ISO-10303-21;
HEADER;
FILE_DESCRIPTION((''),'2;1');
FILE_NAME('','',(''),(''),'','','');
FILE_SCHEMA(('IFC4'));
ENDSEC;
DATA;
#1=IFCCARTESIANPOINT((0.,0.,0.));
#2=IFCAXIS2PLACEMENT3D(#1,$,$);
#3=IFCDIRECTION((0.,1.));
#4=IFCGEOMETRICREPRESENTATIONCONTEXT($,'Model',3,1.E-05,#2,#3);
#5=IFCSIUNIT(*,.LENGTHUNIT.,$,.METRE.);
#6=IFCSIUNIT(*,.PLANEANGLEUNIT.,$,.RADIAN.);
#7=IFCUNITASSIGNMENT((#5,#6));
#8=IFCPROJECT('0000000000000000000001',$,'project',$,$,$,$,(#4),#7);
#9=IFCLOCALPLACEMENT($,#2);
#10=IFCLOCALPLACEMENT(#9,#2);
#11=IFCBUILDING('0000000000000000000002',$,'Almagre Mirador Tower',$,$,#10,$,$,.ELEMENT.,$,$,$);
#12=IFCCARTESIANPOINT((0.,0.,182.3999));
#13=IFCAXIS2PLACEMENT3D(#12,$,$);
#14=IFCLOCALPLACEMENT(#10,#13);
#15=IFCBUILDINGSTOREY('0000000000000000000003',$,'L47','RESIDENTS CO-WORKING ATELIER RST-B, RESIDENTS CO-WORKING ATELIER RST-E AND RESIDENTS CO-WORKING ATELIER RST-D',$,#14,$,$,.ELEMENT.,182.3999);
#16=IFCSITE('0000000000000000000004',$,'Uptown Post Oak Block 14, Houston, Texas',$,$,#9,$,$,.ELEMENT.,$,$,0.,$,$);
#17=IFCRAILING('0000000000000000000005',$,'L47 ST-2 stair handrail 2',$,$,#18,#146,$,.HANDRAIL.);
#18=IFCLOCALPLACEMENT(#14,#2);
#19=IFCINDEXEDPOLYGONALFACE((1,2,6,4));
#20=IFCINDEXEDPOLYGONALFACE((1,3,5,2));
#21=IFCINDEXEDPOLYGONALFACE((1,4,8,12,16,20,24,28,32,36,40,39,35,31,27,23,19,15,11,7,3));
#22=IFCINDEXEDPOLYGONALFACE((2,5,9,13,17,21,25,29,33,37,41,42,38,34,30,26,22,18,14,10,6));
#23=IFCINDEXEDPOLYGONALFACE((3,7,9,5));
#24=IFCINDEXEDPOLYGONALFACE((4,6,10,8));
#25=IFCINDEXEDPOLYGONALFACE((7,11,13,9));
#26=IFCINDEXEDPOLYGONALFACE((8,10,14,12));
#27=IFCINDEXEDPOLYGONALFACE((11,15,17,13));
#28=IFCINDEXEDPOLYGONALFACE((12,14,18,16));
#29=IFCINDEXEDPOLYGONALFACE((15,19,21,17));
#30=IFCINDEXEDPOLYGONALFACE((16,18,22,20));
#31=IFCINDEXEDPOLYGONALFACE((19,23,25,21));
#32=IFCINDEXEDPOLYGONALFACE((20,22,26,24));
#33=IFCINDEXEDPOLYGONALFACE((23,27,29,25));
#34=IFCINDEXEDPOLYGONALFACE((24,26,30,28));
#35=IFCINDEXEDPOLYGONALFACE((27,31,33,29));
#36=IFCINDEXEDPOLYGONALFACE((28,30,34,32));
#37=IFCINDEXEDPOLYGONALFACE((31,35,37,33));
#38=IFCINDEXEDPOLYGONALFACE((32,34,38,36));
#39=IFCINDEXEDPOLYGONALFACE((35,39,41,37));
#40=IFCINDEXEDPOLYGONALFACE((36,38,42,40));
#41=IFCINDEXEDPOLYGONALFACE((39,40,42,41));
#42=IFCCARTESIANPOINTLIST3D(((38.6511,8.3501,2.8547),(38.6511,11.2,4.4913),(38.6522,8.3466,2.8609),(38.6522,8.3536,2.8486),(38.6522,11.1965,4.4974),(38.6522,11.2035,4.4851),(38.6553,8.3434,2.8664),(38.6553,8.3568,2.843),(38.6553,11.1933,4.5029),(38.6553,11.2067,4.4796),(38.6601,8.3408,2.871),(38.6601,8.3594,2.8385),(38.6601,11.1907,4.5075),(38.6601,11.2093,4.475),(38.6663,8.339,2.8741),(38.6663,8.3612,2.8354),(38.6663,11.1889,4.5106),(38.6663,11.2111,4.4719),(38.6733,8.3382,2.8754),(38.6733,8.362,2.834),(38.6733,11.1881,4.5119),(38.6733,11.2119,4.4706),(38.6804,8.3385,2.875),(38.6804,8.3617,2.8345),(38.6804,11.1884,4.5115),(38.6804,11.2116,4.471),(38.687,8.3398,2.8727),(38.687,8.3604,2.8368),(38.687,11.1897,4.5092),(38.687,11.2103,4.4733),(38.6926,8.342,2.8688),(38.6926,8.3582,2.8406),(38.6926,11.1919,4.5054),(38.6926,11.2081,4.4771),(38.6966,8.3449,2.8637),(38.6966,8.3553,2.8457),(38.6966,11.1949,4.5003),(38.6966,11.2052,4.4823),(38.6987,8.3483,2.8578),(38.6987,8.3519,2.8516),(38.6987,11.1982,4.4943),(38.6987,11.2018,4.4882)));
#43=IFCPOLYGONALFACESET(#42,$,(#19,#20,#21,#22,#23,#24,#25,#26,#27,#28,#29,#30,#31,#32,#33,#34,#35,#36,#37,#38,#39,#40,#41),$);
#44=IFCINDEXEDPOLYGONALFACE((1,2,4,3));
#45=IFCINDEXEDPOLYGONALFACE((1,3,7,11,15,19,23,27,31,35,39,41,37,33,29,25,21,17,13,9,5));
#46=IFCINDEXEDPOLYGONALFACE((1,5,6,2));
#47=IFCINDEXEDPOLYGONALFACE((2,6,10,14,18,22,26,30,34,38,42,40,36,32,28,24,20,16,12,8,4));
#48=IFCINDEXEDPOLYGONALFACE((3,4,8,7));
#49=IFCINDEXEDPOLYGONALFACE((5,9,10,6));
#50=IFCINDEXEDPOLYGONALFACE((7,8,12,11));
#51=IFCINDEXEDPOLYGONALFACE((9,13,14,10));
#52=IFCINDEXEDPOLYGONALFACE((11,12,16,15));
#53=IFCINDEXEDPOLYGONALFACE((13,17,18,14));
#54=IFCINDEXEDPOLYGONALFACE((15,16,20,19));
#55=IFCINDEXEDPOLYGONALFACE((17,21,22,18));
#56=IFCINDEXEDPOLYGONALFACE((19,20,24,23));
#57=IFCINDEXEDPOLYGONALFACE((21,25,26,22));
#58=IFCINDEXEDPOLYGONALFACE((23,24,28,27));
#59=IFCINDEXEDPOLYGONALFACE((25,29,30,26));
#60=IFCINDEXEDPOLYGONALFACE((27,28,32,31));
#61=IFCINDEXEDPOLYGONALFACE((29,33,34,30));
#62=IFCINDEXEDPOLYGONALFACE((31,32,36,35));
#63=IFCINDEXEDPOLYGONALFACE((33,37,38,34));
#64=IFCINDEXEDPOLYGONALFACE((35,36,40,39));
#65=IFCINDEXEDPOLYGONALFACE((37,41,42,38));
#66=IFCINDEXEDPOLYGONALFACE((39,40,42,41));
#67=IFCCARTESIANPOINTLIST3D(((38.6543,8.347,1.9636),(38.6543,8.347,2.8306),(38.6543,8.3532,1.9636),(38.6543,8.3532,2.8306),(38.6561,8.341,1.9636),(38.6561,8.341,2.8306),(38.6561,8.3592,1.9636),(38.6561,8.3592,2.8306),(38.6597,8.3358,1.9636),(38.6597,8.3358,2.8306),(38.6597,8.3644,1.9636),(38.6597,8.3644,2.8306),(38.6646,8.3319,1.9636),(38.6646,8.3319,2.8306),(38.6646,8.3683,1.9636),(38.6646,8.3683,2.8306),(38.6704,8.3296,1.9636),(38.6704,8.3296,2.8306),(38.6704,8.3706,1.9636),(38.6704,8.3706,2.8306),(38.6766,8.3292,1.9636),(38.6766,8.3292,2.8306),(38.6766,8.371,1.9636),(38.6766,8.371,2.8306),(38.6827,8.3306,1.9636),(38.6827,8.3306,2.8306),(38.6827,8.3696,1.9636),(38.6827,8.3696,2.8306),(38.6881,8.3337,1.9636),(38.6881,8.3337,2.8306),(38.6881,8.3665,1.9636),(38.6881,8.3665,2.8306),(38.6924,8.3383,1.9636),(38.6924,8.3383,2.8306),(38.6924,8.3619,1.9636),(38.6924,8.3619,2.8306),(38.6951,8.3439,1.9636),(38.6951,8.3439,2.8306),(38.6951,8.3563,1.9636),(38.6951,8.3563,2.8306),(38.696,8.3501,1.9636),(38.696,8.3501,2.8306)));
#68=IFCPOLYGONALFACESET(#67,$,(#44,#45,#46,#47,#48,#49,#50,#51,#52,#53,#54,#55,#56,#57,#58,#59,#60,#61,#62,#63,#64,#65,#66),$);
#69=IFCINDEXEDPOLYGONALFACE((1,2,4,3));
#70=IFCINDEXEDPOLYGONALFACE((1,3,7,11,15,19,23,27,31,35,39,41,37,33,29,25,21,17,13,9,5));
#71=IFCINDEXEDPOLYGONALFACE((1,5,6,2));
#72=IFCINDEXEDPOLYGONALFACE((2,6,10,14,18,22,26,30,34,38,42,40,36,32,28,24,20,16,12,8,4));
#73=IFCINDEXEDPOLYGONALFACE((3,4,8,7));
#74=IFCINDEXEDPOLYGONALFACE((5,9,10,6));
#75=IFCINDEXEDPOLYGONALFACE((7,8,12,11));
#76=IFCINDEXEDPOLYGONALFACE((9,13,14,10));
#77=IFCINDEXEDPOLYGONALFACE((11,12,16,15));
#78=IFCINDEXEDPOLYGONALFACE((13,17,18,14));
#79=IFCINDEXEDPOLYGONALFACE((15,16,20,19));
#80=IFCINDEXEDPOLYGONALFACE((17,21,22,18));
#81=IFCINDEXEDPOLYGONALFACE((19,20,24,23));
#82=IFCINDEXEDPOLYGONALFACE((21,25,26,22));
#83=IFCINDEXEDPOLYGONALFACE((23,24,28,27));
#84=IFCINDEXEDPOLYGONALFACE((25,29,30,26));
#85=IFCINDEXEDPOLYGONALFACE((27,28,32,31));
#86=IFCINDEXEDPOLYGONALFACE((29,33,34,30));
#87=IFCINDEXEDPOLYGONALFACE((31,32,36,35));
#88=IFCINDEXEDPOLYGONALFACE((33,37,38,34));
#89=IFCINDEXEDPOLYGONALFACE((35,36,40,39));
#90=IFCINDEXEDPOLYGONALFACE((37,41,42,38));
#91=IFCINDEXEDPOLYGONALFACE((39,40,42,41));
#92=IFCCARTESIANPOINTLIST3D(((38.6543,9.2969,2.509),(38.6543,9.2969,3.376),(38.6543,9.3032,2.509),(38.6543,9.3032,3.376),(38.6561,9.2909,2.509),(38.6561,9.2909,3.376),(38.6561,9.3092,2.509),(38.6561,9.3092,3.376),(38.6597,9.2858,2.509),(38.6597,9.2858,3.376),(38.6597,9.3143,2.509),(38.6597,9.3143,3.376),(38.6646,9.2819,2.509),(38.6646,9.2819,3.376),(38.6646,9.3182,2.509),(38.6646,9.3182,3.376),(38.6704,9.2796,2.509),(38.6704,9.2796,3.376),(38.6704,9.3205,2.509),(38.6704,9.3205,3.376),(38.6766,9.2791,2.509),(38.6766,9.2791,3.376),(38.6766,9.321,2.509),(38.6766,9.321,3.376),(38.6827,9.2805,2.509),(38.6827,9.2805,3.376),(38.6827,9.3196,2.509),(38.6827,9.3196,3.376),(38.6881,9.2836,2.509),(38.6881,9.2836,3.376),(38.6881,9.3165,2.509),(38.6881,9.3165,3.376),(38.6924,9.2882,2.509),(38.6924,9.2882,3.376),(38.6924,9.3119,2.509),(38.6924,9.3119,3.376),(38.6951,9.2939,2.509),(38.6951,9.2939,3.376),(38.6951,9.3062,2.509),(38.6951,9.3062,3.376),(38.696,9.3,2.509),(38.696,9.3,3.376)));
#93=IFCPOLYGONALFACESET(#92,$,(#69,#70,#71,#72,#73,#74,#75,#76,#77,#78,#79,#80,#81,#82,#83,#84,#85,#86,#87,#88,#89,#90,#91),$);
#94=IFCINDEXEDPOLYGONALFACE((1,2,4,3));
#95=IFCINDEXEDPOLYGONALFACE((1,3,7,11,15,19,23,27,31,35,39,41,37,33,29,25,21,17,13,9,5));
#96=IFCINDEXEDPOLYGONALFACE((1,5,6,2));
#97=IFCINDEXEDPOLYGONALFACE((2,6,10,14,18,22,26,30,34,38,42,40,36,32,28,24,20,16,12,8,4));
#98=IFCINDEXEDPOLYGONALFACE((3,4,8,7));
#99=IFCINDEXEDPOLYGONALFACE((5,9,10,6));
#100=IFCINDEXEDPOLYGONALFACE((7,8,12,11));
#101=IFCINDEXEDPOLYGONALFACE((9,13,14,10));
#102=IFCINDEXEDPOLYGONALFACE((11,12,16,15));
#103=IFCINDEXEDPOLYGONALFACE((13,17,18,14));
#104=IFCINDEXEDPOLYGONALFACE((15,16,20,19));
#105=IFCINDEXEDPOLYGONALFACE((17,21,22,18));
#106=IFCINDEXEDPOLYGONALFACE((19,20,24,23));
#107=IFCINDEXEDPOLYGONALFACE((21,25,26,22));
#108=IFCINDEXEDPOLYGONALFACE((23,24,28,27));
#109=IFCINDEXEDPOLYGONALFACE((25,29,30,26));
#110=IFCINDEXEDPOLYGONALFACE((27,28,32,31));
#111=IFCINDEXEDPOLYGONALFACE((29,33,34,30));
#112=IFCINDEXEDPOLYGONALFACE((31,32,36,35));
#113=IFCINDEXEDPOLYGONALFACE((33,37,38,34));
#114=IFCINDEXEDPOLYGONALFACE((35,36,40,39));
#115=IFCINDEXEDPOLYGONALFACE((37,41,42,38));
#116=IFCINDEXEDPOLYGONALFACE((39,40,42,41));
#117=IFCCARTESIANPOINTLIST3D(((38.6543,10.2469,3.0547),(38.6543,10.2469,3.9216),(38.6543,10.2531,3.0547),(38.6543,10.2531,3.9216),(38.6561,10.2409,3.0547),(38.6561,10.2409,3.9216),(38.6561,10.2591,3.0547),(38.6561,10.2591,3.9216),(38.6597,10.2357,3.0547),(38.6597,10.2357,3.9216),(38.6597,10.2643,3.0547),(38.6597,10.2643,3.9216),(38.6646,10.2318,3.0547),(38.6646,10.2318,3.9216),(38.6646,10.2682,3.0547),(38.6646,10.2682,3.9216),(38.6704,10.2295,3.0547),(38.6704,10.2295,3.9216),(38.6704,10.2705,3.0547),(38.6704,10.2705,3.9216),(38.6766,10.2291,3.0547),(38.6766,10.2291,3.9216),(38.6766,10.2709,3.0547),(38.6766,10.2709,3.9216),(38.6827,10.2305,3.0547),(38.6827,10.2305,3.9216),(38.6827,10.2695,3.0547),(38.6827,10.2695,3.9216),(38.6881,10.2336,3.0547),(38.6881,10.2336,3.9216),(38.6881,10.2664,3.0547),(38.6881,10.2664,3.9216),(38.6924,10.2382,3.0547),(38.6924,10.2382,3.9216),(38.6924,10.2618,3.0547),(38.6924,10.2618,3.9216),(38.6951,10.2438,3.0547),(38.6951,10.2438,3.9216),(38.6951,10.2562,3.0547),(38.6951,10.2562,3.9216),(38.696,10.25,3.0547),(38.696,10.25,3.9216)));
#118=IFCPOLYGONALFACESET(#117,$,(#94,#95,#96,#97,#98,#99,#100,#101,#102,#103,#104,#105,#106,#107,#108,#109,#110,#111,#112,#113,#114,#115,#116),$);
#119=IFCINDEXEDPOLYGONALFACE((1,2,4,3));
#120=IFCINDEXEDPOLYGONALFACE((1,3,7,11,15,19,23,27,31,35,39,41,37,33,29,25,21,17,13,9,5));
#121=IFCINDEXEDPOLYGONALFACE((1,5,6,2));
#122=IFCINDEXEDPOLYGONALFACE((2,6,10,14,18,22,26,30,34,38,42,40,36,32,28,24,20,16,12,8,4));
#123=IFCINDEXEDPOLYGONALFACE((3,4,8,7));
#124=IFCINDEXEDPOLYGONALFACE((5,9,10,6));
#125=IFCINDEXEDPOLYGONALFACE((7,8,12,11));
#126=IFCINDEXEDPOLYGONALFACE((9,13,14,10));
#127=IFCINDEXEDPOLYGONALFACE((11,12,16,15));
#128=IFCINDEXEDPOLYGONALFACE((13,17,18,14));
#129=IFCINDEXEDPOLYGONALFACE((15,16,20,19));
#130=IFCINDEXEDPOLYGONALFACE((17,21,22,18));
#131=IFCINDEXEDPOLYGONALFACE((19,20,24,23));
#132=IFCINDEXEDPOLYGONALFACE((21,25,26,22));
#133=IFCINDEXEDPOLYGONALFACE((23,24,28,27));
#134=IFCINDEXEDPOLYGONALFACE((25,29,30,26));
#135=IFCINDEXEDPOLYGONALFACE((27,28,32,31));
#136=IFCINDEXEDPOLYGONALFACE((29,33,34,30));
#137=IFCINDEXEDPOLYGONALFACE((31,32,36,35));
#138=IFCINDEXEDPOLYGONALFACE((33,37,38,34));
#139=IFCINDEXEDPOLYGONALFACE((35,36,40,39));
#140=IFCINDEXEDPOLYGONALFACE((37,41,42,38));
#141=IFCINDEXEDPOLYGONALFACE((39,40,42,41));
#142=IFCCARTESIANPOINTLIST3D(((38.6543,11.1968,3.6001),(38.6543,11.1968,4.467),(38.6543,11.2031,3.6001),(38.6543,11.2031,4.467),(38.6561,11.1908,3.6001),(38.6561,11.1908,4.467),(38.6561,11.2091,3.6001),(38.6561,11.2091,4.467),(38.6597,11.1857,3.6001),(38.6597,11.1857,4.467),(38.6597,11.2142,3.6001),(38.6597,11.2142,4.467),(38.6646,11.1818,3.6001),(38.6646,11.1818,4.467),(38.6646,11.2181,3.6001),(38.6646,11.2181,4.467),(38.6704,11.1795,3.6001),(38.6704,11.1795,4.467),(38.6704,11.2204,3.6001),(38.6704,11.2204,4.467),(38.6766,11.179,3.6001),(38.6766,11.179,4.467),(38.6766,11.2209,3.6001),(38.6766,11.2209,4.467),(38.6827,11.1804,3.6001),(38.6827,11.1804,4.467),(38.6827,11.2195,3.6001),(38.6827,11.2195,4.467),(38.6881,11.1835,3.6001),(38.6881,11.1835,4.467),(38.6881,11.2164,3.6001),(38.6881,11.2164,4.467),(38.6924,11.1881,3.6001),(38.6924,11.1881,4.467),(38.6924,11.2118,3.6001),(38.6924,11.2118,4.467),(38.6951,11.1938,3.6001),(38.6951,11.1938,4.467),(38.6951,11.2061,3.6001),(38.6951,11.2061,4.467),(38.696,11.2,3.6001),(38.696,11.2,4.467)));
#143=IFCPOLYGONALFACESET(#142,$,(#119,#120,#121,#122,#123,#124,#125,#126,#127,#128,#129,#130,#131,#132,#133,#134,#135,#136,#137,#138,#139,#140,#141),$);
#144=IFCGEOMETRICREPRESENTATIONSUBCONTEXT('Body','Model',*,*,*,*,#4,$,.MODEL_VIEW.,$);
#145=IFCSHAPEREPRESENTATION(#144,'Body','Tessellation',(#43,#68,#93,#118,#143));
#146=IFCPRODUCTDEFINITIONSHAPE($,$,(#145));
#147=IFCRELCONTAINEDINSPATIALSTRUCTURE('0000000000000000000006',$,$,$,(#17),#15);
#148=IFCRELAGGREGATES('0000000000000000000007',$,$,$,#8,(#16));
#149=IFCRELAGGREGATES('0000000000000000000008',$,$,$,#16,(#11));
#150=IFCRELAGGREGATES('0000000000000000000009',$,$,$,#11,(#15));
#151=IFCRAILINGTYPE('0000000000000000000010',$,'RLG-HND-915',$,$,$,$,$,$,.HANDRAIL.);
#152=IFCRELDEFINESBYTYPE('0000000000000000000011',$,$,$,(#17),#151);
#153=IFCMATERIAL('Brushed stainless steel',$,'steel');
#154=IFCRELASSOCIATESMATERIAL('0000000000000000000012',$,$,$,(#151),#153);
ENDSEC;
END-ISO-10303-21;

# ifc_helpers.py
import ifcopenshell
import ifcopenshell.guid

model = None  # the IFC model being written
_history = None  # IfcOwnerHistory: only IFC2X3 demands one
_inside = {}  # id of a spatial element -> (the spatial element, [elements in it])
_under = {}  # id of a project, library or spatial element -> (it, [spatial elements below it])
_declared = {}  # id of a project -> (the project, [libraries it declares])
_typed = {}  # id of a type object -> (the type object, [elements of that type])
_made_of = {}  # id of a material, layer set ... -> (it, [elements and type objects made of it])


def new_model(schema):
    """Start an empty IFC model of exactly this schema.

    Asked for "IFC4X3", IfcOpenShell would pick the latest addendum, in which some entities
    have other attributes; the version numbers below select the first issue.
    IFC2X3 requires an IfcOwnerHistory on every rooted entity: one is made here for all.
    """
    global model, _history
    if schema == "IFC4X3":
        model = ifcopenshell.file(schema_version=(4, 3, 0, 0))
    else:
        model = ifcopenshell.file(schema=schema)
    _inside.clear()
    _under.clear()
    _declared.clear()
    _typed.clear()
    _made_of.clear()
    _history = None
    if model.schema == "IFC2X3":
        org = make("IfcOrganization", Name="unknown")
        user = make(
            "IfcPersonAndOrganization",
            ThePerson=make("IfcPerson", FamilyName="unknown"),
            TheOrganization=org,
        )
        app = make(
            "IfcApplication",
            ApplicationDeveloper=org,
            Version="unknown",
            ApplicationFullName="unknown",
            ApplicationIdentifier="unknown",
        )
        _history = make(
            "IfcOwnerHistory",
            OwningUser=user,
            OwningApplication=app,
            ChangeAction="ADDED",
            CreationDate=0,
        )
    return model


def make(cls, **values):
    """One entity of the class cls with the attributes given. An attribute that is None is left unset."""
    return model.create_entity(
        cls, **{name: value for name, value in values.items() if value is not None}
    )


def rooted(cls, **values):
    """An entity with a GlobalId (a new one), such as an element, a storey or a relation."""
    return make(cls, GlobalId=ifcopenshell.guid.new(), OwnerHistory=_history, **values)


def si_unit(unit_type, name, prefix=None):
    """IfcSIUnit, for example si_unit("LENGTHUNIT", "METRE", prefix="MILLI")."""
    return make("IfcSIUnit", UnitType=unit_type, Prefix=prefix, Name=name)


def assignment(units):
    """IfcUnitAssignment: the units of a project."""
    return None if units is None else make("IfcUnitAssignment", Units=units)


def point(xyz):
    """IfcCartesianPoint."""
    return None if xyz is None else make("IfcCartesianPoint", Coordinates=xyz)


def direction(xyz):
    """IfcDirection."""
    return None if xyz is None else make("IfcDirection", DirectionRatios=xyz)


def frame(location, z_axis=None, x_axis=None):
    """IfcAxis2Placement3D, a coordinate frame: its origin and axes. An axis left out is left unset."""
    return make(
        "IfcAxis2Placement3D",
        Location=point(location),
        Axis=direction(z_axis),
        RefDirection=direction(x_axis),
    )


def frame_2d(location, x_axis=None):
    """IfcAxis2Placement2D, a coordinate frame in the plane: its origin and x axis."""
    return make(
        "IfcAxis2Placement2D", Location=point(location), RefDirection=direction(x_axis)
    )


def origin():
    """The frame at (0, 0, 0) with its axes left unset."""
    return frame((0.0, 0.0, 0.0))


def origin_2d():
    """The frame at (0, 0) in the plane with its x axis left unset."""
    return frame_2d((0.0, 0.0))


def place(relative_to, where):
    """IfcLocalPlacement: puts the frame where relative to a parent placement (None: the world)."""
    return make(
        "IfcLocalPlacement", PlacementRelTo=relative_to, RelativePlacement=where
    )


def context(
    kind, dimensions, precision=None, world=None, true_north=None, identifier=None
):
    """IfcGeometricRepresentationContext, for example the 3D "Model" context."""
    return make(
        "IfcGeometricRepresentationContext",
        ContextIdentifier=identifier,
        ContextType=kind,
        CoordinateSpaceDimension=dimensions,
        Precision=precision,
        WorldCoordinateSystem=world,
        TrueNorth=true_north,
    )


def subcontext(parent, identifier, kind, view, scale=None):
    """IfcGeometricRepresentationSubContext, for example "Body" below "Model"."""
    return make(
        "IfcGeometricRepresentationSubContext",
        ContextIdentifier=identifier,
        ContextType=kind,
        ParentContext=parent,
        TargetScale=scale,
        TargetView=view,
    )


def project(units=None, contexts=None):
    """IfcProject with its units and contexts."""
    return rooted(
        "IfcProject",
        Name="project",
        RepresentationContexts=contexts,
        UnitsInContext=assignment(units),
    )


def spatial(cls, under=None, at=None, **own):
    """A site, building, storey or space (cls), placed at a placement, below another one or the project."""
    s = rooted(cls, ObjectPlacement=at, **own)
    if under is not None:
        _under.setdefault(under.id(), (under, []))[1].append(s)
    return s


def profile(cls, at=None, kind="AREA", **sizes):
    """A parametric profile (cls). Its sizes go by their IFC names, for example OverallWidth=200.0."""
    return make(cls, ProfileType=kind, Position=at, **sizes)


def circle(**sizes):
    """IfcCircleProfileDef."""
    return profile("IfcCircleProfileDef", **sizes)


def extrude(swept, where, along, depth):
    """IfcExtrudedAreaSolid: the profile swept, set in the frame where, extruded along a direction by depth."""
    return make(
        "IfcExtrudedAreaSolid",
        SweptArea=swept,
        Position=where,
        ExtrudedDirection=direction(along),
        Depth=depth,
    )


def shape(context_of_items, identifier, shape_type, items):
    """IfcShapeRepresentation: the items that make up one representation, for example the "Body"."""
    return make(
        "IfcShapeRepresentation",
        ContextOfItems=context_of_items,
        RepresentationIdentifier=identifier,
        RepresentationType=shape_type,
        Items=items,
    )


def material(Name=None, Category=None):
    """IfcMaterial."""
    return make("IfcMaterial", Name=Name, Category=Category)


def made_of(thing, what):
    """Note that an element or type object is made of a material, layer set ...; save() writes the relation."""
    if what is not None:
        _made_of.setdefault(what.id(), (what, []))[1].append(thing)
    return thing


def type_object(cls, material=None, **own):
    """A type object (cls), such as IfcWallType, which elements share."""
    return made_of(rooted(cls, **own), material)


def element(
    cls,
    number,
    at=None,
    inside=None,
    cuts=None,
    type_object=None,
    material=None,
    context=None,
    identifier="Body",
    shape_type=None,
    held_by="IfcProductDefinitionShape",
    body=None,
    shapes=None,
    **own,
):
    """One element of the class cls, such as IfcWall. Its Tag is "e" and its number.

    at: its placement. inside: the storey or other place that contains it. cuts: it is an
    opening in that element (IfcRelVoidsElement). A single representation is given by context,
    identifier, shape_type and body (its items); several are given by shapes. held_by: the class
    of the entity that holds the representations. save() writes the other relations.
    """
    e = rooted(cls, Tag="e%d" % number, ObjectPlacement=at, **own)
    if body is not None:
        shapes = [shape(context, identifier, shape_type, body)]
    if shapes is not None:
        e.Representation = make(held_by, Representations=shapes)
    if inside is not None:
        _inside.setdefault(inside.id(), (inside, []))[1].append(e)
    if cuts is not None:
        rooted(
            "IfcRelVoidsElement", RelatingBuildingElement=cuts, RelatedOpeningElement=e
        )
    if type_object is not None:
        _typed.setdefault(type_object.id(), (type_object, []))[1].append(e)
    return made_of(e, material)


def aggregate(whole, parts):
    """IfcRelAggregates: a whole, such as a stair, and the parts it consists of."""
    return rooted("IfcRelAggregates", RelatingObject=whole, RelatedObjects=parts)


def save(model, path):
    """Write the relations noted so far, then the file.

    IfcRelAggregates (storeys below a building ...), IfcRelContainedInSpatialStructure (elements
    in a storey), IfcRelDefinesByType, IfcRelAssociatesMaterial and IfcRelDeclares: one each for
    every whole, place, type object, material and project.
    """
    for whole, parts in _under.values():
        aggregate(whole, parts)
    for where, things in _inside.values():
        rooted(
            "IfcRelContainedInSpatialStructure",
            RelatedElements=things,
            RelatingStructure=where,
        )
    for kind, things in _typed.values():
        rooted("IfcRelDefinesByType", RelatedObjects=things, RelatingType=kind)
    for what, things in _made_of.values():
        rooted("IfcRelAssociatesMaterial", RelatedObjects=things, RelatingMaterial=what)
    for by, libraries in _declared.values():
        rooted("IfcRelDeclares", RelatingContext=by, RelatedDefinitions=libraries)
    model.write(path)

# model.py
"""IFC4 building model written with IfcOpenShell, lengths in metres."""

from ifc_helpers import new_model, si_unit, direction, frame, origin, origin_2d, place, context, subcontext, project, spatial, circle, extrude, material, type_object, element, save


model = new_model("IFC4")

# Units and contexts
model_context = context("Model", 3, precision=1e-05, world=origin(), true_north=direction((0.0, 1.0)))
body_context = subcontext(model_context, "Body", "Model", "MODEL_VIEW")
ifc_project = project(units=[si_unit("LENGTHUNIT", "METRE"), si_unit("PLANEANGLEUNIT", "RADIAN")], contexts=[model_context])

# Site, building, storey
site_placement = place(None, origin())
site = spatial("IfcSite", under=ifc_project, at=site_placement, Name="Uptown Post Oak Block 14, Houston, Texas", CompositionType="ELEMENT", RefElevation=0.0)
building_placement = place(site_placement, origin())
building = spatial("IfcBuilding", under=site, at=building_placement, Name="Almagre Mirador Tower", CompositionType="ELEMENT")
storey_placement = place(building_placement, frame((0.0, 0.0, 182.3999)))
storey = spatial("IfcBuildingStorey", under=building, at=storey_placement, Name="L47", Description="RESIDENTS CO-WORKING ATELIER RST-B, RESIDENTS CO-WORKING ATELIER RST-E AND RESIDENTS CO-WORKING ATELIER RST-D", CompositionType="ELEMENT", Elevation=182.3999)

# Railing
ifc_material_1 = material(Name="Brushed stainless steel", Category="steel")
railing_type_1 = type_object("IfcRailingType", Name="RLG-HND-915", PredefinedType="HANDRAIL", material=ifc_material_1)
railing_1_placement = place(storey_placement, frame((38.675, 8.3501, 1.9636)))
element("IfcRailing", 1, at=railing_1_placement, inside=storey, type_object=railing_type_1, Name="L47 ST-2 stair handrail 2", PredefinedType="HANDRAIL", context=body_context, shape_type="SweptSolid", body=[
    extrude(circle(Radius=0.0239, at=origin_2d()), frame((0.0, 0.0, 0.8911), z_axis=(0.0, 0.867194, 0.49797), x_axis=(-1.0, 0.0, 0.0)), (0.0, 0.0, 1.0), 3.2864),
    extrude(circle(Radius=0.021, at=origin_2d()), origin(), (0.0, 0.0, 1.0), 0.8669),
    extrude(circle(Radius=0.021, at=origin_2d()), frame((0.0, 0.95, 0.5454)), (0.0, 0.0, 1.0), 0.8669),
    extrude(circle(Radius=0.021, at=origin_2d()), frame((0.0, 1.8999, 1.0911)), (0.0, 0.0, 1.0), 0.8669),
    extrude(circle(Radius=0.021, at=origin_2d()), frame((0.0, 2.8499, 1.6365)), (0.0, 0.0, 1.0), 0.8669),
])

save(model, "model.ifc")
